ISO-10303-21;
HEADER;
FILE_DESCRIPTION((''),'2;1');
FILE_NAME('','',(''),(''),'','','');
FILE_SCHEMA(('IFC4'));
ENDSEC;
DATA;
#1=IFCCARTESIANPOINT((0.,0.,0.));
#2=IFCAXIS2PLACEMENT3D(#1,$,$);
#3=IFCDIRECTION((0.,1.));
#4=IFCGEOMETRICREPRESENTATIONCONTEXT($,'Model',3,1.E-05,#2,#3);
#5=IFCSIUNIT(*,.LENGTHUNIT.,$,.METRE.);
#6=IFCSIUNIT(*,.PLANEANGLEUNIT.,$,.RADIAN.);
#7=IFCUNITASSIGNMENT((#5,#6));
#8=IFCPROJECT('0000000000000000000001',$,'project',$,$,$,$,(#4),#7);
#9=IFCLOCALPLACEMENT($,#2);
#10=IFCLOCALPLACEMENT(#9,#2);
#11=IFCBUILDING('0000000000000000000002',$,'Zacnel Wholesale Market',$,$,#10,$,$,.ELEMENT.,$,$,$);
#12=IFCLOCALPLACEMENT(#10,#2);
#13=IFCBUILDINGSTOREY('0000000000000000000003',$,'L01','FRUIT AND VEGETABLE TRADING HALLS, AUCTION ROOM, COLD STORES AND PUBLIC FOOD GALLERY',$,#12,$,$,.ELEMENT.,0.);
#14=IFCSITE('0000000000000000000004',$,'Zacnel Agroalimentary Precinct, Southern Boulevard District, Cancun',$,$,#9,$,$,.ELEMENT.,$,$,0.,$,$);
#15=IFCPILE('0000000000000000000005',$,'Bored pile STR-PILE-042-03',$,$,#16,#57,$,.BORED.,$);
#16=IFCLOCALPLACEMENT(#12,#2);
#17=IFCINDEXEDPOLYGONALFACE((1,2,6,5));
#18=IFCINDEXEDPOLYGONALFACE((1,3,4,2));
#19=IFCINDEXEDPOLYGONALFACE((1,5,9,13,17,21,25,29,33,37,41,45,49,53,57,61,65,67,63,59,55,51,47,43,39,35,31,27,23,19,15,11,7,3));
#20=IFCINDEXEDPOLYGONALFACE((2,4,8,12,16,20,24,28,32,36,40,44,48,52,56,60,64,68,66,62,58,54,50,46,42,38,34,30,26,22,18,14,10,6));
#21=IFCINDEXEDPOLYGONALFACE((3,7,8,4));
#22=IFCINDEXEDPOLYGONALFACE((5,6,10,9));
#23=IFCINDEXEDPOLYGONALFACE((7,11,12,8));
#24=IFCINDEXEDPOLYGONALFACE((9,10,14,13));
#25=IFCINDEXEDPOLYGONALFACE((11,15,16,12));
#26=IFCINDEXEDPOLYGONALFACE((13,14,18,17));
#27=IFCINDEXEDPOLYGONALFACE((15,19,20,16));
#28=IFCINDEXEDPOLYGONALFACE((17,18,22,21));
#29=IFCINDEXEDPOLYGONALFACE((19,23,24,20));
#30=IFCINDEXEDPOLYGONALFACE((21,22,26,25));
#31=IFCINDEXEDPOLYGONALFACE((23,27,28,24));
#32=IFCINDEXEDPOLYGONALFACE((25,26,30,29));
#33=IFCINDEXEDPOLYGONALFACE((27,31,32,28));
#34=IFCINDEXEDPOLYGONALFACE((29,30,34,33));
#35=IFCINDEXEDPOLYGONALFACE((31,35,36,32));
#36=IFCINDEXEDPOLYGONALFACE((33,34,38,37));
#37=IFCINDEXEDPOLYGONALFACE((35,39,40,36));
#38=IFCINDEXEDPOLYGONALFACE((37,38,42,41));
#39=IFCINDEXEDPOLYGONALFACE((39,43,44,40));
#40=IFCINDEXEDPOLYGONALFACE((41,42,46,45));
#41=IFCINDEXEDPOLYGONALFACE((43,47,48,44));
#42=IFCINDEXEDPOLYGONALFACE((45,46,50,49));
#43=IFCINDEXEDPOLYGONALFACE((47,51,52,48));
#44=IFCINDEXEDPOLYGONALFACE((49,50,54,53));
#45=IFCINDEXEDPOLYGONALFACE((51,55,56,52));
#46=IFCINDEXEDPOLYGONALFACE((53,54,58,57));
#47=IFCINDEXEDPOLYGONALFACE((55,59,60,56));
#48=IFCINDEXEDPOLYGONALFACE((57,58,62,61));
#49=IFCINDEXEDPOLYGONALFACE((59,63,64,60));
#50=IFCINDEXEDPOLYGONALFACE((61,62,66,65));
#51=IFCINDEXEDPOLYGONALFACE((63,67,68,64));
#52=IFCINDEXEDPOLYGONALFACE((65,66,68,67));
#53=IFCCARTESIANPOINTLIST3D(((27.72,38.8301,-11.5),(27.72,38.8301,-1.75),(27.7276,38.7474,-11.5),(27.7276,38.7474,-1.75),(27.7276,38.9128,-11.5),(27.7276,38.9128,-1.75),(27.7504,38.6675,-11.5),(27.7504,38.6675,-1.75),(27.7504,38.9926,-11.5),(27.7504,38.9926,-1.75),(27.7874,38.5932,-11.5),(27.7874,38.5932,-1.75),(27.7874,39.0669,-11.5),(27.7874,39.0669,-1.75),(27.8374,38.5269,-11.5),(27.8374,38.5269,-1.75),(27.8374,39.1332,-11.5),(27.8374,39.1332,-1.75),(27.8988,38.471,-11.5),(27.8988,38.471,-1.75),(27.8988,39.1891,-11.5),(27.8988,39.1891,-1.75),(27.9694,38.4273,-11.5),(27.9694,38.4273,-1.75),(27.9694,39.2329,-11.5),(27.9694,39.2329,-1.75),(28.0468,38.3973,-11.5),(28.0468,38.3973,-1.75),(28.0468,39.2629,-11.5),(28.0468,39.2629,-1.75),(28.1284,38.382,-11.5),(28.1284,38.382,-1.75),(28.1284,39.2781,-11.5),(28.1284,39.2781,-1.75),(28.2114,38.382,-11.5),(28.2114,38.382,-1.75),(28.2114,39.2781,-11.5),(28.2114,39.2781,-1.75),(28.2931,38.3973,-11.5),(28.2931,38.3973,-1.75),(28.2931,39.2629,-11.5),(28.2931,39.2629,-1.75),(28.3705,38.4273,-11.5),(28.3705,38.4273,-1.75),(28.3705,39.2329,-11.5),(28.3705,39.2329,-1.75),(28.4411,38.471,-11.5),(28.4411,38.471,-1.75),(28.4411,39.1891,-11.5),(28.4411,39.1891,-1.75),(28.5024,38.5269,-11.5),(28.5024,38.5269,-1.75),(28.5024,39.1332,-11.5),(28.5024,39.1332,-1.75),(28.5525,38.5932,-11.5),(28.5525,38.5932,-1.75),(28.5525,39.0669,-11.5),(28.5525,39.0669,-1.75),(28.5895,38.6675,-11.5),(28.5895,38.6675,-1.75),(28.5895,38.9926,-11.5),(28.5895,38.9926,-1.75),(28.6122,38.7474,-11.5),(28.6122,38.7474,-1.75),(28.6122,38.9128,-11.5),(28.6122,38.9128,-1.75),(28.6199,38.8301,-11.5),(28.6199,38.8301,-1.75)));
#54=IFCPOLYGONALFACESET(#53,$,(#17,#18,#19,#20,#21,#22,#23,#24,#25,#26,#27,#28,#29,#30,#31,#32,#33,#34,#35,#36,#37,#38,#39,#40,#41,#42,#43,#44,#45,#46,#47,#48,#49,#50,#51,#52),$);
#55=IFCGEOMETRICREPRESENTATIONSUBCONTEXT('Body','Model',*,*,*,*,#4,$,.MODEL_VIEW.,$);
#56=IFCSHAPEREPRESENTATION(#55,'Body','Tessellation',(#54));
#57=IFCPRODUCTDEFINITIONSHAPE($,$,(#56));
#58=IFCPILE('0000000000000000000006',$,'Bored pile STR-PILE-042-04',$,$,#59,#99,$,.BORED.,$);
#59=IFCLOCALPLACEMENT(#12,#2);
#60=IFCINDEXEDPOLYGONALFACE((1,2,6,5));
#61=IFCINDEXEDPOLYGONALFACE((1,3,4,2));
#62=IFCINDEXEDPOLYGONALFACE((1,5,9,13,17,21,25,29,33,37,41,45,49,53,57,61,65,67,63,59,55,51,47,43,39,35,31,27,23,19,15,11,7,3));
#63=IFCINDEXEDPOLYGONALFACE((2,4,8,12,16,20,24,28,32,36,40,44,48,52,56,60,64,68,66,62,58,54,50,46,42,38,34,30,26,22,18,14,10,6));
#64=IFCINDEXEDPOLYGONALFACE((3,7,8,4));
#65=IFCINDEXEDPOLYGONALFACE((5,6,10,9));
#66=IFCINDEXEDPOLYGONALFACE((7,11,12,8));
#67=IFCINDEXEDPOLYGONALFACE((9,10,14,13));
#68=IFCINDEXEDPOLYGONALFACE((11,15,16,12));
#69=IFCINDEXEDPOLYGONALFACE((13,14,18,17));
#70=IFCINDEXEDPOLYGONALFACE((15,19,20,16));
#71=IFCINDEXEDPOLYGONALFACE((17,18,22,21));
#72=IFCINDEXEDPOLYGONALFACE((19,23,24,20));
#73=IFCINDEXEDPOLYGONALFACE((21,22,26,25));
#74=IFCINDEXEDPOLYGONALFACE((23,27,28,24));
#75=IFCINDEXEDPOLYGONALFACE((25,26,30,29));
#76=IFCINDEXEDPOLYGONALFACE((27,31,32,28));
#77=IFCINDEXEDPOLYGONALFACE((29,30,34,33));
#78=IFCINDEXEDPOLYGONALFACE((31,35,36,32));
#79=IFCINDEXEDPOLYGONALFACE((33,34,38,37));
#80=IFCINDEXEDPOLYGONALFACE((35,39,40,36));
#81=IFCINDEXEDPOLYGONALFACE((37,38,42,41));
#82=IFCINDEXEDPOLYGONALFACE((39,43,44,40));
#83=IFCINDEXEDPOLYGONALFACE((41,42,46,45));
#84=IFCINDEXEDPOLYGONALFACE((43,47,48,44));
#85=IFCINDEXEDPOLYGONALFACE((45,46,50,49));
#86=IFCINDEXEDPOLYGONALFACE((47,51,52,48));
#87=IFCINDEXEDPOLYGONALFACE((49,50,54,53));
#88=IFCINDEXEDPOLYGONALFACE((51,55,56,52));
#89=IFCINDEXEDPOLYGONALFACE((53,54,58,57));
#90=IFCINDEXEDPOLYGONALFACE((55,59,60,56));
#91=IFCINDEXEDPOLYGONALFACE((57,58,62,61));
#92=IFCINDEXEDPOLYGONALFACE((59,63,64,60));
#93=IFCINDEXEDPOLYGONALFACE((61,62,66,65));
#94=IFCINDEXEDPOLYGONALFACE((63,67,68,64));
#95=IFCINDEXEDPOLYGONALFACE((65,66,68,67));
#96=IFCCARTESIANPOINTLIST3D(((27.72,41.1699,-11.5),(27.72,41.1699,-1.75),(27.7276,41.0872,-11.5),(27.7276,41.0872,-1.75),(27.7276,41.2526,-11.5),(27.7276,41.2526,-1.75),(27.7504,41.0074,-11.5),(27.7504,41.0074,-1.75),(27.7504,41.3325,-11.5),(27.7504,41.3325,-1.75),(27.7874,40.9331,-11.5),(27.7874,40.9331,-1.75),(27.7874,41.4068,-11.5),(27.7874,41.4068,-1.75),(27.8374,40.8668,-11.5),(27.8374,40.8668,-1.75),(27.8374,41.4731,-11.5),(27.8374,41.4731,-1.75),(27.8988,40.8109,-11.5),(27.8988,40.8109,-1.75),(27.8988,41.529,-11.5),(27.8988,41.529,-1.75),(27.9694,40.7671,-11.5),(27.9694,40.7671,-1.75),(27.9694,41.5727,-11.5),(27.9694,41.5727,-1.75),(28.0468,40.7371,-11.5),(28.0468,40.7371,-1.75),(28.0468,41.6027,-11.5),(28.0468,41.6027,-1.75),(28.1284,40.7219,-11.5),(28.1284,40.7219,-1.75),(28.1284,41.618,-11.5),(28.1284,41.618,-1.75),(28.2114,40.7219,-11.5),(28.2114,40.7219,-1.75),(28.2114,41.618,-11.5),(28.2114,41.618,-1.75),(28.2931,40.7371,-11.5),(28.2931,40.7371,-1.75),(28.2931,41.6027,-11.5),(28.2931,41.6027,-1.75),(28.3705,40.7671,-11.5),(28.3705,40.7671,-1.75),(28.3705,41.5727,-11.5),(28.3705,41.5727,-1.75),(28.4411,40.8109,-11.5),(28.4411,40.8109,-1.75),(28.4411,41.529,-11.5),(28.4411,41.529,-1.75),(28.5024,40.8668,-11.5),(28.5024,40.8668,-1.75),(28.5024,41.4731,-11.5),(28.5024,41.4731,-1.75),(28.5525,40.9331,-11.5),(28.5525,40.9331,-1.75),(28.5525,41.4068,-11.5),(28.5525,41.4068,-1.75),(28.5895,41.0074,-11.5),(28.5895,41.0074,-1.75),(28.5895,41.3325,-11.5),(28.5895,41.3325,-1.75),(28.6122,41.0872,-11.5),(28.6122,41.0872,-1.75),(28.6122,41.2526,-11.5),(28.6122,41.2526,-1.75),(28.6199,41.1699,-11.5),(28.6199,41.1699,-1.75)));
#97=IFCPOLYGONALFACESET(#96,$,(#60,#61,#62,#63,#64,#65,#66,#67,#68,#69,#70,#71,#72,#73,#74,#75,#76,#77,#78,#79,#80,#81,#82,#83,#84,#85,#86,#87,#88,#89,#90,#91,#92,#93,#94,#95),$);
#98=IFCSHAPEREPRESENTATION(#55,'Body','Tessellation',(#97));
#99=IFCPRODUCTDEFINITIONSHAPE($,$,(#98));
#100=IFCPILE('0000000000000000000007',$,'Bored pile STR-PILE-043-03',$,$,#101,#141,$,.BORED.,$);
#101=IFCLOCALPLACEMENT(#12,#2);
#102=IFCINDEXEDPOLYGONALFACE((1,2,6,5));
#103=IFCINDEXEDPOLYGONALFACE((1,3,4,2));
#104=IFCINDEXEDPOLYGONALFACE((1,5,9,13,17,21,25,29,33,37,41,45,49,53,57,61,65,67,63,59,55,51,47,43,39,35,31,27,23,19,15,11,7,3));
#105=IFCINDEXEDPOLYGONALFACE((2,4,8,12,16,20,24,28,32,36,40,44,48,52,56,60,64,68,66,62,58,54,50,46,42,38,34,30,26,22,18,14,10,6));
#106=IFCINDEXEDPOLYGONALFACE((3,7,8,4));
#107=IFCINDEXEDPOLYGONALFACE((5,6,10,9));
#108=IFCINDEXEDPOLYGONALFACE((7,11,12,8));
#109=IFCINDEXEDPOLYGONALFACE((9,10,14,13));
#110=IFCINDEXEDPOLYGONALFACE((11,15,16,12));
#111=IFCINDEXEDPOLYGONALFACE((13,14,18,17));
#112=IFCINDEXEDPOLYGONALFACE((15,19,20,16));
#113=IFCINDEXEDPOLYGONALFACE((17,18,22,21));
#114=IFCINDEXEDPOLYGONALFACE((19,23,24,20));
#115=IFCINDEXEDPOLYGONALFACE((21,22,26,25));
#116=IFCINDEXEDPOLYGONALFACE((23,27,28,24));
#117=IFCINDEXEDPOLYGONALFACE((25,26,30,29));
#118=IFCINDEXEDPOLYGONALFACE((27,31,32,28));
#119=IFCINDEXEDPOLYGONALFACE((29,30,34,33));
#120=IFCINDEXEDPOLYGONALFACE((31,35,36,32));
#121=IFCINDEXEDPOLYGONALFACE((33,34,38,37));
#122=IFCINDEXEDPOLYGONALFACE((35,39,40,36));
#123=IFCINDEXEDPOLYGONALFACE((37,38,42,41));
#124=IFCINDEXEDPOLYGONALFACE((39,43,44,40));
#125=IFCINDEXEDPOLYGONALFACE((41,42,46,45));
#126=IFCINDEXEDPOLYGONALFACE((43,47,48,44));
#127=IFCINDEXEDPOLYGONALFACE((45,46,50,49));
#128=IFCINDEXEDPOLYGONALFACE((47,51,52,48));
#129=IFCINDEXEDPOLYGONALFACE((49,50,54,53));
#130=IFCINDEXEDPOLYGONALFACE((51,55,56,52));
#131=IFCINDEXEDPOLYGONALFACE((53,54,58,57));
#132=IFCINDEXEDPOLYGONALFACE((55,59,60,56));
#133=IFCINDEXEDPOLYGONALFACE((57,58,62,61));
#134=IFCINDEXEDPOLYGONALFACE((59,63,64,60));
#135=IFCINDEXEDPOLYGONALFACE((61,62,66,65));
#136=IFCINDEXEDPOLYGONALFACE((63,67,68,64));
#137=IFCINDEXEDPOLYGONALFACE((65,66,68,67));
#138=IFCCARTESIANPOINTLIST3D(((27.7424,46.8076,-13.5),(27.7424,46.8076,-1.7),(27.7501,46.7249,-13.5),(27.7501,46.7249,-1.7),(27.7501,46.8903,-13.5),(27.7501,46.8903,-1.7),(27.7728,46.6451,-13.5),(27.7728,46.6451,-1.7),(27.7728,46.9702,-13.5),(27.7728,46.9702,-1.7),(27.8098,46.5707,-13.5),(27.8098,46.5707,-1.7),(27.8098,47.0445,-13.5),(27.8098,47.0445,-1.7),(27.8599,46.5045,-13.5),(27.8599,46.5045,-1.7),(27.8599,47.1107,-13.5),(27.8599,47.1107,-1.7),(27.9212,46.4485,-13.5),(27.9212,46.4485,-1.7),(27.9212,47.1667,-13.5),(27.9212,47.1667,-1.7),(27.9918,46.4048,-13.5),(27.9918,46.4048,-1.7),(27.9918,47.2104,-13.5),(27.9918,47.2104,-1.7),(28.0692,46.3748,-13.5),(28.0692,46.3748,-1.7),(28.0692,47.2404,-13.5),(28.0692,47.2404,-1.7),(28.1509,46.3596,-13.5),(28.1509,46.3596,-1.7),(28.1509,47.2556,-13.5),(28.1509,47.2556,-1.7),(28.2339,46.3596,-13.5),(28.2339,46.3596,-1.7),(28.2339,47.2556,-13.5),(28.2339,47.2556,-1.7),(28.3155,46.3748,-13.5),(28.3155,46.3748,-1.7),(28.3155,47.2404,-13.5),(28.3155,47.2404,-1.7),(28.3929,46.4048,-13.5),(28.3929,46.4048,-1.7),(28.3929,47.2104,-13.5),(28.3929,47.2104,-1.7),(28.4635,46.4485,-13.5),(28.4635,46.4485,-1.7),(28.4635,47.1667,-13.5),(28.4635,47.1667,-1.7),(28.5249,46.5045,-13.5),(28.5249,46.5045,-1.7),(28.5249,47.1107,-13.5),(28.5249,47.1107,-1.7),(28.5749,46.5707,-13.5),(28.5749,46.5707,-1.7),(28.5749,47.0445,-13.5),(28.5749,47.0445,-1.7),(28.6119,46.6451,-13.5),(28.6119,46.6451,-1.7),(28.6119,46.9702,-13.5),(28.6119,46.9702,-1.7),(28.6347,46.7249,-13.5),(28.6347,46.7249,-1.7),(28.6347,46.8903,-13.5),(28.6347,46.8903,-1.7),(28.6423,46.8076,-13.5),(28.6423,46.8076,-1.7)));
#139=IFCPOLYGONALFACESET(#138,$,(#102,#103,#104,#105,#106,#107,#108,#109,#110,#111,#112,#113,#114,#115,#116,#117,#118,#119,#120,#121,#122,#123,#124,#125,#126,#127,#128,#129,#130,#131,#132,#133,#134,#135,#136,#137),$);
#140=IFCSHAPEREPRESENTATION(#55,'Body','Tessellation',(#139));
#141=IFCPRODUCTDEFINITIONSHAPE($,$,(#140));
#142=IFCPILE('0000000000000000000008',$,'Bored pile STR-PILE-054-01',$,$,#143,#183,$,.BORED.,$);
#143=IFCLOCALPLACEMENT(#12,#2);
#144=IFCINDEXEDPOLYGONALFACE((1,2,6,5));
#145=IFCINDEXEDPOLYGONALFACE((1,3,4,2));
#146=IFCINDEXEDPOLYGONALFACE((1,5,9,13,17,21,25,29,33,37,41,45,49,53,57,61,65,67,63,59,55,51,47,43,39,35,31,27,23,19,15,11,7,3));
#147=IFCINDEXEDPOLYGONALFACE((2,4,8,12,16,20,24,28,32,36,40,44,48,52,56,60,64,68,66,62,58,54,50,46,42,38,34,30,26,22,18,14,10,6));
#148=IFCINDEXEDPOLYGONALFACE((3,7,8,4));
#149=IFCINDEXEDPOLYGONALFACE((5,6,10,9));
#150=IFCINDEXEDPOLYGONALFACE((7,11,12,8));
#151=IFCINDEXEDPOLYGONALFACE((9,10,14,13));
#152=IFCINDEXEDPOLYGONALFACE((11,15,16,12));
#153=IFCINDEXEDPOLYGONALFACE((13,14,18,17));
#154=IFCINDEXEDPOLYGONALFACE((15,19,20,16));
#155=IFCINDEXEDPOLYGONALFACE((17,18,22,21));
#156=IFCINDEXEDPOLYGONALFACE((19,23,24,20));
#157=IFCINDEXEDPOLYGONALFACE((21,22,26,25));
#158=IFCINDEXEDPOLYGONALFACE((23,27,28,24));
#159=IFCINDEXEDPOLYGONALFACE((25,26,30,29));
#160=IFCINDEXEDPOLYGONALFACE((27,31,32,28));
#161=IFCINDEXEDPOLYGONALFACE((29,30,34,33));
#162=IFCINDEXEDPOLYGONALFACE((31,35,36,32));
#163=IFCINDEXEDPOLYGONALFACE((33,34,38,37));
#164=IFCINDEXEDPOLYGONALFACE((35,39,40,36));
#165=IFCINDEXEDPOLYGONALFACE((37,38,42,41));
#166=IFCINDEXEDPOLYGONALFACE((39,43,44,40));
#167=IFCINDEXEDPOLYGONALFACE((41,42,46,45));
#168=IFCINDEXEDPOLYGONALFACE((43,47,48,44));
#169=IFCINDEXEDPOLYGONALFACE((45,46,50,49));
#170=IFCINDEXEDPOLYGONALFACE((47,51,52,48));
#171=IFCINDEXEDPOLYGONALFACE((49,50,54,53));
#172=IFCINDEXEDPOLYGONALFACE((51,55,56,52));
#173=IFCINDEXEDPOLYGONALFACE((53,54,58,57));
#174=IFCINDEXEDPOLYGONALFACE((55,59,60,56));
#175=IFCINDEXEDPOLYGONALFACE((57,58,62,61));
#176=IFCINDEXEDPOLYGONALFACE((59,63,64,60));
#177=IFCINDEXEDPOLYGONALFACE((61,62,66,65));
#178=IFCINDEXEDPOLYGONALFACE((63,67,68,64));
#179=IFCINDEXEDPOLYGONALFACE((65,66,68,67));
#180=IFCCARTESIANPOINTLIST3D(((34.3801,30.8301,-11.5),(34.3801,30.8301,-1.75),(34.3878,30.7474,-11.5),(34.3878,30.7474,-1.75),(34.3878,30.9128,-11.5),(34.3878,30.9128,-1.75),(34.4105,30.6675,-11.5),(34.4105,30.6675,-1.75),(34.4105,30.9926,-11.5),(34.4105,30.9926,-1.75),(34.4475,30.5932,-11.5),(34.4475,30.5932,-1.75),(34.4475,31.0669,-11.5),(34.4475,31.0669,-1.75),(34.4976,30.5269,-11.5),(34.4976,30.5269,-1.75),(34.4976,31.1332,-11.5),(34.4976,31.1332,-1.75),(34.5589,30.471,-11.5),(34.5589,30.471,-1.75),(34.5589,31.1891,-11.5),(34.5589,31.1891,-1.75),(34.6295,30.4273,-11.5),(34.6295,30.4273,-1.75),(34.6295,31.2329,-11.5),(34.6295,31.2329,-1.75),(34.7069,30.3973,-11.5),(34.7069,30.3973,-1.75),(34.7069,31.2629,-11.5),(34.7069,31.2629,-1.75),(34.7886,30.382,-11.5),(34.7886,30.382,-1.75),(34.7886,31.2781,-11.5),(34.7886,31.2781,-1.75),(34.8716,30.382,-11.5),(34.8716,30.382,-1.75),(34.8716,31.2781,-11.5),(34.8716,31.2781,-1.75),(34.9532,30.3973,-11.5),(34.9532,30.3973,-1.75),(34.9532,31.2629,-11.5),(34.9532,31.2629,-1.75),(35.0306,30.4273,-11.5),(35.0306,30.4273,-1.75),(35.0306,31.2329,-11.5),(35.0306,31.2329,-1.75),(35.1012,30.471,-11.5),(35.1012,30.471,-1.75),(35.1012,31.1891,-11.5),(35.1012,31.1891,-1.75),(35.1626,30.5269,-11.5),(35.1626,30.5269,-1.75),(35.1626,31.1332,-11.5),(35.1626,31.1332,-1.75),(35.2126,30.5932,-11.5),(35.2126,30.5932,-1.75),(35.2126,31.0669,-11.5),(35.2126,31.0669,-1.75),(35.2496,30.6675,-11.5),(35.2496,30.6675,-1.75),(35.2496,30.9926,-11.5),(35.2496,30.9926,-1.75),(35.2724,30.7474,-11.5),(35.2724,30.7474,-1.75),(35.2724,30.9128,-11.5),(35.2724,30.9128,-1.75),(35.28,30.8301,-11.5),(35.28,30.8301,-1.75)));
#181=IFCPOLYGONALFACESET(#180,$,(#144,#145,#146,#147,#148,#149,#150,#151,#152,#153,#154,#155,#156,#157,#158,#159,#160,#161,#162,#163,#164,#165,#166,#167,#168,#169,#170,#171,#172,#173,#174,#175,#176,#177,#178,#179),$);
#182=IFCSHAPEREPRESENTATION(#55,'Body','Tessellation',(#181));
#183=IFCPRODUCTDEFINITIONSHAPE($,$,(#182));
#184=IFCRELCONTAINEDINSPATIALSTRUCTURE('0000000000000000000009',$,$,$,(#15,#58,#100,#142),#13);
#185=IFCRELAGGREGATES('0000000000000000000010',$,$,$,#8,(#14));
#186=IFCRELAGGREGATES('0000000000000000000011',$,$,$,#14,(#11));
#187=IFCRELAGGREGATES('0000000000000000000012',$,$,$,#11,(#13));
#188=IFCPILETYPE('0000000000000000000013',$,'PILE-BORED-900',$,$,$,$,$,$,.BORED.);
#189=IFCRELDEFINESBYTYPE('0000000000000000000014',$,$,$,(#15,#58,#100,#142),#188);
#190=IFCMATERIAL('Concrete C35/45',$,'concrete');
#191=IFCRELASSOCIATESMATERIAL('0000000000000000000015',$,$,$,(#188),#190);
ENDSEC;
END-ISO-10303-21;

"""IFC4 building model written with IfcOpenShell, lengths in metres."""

from ifc_helpers import new_model, si_unit, direction, frame, origin, origin_2d, place, context, subcontext, project, spatial, circle, extrude, material, material_profile, profile_set, type_object, element, save


model = new_model("IFC4")

# Units and contexts
model_context = context("Model", 3, precision=1e-05, world=origin(), true_north=direction((0.0, 1.0)))
body_context = subcontext(model_context, "Body", "Model", "MODEL_VIEW")
ifc_project = project(units=[si_unit("LENGTHUNIT", "METRE"), si_unit("PLANEANGLEUNIT", "RADIAN")], contexts=[model_context])

# Site, building, storey
site_placement = place(None, origin())
site = spatial("IfcSite", under=ifc_project, at=site_placement, Name="Zacnel Agroalimentary Precinct, Southern Boulevard District, Cancun", CompositionType="ELEMENT", RefElevation=0.0)
building_placement = place(site_placement, origin())
building = spatial("IfcBuilding", under=site, at=building_placement, Name="Zacnel Wholesale Market", CompositionType="ELEMENT")
storey_placement = place(building_placement, origin())
storey = spatial("IfcBuildingStorey", under=building, at=storey_placement, Name="L01", Description="FRUIT AND VEGETABLE TRADING HALLS, AUCTION ROOM, COLD STORES AND PUBLIC FOOD GALLERY", CompositionType="ELEMENT", Elevation=0.0)

# Piles
ifc_material_1 = material(Name="Concrete C35/45", Category="concrete")
ifc_material_profile_1 = material_profile(ifc_material_1, circle(Radius=0.45, at=origin_2d()), Name="BORED PILE D900")
ifc_profile_set_1 = profile_set([ifc_material_profile_1], Name="Concrete C35/45")
pile_type = type_object("IfcPileType", Name="PILE-BORED-900", PredefinedType="BORED", material=ifc_profile_set_1)
for number, where, z_axis, x_axis, name in (
    (1, (28.1699, 38.8301, -1.75), (0.0, 0.0, -1.0), (1.0, 0.0, 0.0), "Bored pile STR-PILE-042-03"),
    (2, (28.1699, 41.1699, -1.75), (0.0, 0.0, -1.0), (1.0, 0.0, 0.0), "Bored pile STR-PILE-042-04"),
):
    element("IfcPile", number, at=place(storey_placement, frame(where, z_axis=z_axis, x_axis=x_axis)), inside=storey, type_object=pile_type, Name=name, PredefinedType="BORED", context=body_context, shape_type="SweptSolid", body=[
        extrude(circle(Radius=0.45, at=origin_2d()), origin(), (0.0, 0.0, 1.0), 9.75),
    ])
pile_1_placement = place(storey_placement, frame((28.1924, 46.8076, -1.7), z_axis=(0.0, 0.0, -1.0), x_axis=(1.0, 0.0, 0.0)))
element("IfcPile", 3, at=pile_1_placement, inside=storey, type_object=pile_type, Name="Bored pile STR-PILE-043-03", PredefinedType="BORED", context=body_context, shape_type="SweptSolid", body=[
    extrude(circle(Radius=0.45, at=origin_2d()), origin(), (0.0, 0.0, 1.0), 11.8),
])
for number, where, z_axis, x_axis, name in (
    (4, (34.8301, 30.8301, -1.75), (0.0, 0.0, -1.0), (1.0, 0.0, 0.0), "Bored pile STR-PILE-054-01"),
):
    element("IfcPile", number, at=place(storey_placement, frame(where, z_axis=z_axis, x_axis=x_axis)), inside=storey, type_object=pile_type, Name=name, PredefinedType="BORED", context=body_context, shape_type="SweptSolid", body=[
        extrude(circle(Radius=0.45, at=origin_2d()), origin(), (0.0, 0.0, 1.0), 9.75),
    ])

save(model, "model.ifc")
